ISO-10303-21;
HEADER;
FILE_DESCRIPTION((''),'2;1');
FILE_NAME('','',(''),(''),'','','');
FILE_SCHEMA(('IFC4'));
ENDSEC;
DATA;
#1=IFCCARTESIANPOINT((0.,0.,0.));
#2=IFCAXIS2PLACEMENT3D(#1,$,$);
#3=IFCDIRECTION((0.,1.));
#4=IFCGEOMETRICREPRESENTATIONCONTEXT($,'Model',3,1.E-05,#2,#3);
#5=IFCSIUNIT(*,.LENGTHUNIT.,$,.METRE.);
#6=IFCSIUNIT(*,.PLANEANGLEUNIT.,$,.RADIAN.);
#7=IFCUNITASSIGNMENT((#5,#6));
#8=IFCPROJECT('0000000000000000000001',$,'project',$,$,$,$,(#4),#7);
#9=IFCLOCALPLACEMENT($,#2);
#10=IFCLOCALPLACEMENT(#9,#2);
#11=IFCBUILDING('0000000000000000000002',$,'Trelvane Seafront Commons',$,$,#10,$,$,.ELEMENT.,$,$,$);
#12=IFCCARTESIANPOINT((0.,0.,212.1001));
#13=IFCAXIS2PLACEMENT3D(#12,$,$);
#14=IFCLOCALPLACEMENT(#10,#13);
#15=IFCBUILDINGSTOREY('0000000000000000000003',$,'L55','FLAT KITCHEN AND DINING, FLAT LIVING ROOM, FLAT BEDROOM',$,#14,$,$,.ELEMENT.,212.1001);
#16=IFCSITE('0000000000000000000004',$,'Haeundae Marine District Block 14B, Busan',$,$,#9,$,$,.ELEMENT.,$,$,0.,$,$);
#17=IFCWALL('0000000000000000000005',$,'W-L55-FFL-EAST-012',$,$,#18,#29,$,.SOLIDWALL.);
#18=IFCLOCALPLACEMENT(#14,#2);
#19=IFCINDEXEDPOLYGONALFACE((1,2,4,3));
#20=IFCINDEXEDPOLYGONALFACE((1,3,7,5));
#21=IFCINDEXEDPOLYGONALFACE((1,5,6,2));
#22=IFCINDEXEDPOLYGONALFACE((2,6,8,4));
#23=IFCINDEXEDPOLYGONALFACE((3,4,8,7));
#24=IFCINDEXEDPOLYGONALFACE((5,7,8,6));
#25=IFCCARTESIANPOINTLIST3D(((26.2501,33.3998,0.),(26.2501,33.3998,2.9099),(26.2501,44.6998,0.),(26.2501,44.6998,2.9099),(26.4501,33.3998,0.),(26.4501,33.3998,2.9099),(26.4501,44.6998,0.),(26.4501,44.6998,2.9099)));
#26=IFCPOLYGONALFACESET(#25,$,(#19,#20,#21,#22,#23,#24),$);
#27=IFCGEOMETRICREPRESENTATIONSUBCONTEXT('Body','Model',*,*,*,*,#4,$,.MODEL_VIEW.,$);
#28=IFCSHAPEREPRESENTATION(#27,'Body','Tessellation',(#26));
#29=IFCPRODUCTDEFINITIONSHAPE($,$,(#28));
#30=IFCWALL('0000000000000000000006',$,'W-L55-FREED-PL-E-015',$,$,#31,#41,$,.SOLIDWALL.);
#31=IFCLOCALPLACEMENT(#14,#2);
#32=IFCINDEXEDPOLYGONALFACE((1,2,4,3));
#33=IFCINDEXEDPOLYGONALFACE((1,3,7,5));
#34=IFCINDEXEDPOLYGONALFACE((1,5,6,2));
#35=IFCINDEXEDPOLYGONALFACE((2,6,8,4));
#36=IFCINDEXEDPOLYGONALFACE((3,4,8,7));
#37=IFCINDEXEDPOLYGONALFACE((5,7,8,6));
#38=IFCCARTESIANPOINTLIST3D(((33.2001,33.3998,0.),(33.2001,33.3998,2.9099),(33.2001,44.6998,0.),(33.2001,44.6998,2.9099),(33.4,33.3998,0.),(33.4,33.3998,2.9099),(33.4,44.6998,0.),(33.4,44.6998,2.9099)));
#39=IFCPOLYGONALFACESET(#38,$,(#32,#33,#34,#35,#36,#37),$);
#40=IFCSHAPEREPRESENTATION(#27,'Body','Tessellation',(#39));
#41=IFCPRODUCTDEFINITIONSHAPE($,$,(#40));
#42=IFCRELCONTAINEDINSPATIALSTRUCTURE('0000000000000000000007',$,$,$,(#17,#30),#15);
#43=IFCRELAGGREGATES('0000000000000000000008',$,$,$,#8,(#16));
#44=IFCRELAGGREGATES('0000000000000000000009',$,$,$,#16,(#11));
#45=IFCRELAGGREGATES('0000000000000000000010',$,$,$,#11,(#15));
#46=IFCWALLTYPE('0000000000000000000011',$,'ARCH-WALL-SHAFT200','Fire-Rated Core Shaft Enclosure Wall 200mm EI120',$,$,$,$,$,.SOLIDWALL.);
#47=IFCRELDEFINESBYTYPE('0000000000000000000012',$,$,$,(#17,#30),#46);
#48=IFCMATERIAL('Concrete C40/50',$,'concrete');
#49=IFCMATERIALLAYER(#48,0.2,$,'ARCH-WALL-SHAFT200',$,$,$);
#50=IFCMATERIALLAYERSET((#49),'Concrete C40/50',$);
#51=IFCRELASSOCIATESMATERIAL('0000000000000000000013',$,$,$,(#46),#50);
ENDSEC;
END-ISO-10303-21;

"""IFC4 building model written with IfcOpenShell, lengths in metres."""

from ifc_helpers import new_model, si_unit, direction, frame, frame_2d, origin, place, context, subcontext, project, spatial, rectangle, extrude, material, layer, layer_set, type_object, element, save


model = new_model("IFC4")

# Units and contexts
model_context = context("Model", 3, precision=1e-05, world=origin(), true_north=direction((0.0, 1.0)))
body_context = subcontext(model_context, "Body", "Model", "MODEL_VIEW")
ifc_project = project(units=[si_unit("LENGTHUNIT", "METRE"), si_unit("PLANEANGLEUNIT", "RADIAN")], contexts=[model_context])

# Site, building, storey
site_placement = place(None, origin())
site = spatial("IfcSite", under=ifc_project, at=site_placement, Name="Haeundae Marine District Block 14B, Busan", CompositionType="ELEMENT", RefElevation=0.0)
building_placement = place(site_placement, origin())
building = spatial("IfcBuilding", under=site, at=building_placement, Name="Trelvane Seafront Commons", CompositionType="ELEMENT")
storey_placement = place(building_placement, frame((0.0, 0.0, 212.1001)))
storey = spatial("IfcBuildingStorey", under=building, at=storey_placement, Name="L55", Description="FLAT KITCHEN AND DINING, FLAT LIVING ROOM, FLAT BEDROOM", CompositionType="ELEMENT", Elevation=212.1001)

# Shared definitions
ifc_material_1 = material(Name="Concrete C40/50", Category="concrete")

# Walls
ifc_layer_1 = layer(ifc_material_1, 0.2, Name="ARCH-WALL-SHAFT200")
ifc_layer_set_1 = layer_set([ifc_layer_1], Name="Concrete C40/50")
wall_type_1 = type_object("IfcWallType", Name="ARCH-WALL-SHAFT200", Description="Fire-Rated Core Shaft Enclosure Wall 200mm EI120", PredefinedType="SOLIDWALL", material=ifc_layer_set_1)
for number, where, z_axis, x_axis, name in (
    (1, (26.3501, 33.3999, 0.0), (0.0, 0.0, 1.0), (0.0, 1.0, 0.0), "W-L55-FFL-EAST-012"),
    (2, (33.3, 33.3999, 0.0), (0.0, 0.0, 1.0), (0.0, 1.0, 0.0), "W-L55-FREED-PL-E-015"),
):
    element("IfcWall", number, at=place(storey_placement, frame(where, z_axis=z_axis, x_axis=x_axis)), inside=storey, type_object=wall_type_1, Name=name, PredefinedType="SOLIDWALL", context=body_context, shape_type="SweptSolid", body=[
        extrude(rectangle(XDim=11.3, YDim=0.2, at=frame_2d((5.6499, 0.0))), origin(), (0.0, 0.0, 1.0), 2.9099),
    ])

save(model, "model.ifc")
